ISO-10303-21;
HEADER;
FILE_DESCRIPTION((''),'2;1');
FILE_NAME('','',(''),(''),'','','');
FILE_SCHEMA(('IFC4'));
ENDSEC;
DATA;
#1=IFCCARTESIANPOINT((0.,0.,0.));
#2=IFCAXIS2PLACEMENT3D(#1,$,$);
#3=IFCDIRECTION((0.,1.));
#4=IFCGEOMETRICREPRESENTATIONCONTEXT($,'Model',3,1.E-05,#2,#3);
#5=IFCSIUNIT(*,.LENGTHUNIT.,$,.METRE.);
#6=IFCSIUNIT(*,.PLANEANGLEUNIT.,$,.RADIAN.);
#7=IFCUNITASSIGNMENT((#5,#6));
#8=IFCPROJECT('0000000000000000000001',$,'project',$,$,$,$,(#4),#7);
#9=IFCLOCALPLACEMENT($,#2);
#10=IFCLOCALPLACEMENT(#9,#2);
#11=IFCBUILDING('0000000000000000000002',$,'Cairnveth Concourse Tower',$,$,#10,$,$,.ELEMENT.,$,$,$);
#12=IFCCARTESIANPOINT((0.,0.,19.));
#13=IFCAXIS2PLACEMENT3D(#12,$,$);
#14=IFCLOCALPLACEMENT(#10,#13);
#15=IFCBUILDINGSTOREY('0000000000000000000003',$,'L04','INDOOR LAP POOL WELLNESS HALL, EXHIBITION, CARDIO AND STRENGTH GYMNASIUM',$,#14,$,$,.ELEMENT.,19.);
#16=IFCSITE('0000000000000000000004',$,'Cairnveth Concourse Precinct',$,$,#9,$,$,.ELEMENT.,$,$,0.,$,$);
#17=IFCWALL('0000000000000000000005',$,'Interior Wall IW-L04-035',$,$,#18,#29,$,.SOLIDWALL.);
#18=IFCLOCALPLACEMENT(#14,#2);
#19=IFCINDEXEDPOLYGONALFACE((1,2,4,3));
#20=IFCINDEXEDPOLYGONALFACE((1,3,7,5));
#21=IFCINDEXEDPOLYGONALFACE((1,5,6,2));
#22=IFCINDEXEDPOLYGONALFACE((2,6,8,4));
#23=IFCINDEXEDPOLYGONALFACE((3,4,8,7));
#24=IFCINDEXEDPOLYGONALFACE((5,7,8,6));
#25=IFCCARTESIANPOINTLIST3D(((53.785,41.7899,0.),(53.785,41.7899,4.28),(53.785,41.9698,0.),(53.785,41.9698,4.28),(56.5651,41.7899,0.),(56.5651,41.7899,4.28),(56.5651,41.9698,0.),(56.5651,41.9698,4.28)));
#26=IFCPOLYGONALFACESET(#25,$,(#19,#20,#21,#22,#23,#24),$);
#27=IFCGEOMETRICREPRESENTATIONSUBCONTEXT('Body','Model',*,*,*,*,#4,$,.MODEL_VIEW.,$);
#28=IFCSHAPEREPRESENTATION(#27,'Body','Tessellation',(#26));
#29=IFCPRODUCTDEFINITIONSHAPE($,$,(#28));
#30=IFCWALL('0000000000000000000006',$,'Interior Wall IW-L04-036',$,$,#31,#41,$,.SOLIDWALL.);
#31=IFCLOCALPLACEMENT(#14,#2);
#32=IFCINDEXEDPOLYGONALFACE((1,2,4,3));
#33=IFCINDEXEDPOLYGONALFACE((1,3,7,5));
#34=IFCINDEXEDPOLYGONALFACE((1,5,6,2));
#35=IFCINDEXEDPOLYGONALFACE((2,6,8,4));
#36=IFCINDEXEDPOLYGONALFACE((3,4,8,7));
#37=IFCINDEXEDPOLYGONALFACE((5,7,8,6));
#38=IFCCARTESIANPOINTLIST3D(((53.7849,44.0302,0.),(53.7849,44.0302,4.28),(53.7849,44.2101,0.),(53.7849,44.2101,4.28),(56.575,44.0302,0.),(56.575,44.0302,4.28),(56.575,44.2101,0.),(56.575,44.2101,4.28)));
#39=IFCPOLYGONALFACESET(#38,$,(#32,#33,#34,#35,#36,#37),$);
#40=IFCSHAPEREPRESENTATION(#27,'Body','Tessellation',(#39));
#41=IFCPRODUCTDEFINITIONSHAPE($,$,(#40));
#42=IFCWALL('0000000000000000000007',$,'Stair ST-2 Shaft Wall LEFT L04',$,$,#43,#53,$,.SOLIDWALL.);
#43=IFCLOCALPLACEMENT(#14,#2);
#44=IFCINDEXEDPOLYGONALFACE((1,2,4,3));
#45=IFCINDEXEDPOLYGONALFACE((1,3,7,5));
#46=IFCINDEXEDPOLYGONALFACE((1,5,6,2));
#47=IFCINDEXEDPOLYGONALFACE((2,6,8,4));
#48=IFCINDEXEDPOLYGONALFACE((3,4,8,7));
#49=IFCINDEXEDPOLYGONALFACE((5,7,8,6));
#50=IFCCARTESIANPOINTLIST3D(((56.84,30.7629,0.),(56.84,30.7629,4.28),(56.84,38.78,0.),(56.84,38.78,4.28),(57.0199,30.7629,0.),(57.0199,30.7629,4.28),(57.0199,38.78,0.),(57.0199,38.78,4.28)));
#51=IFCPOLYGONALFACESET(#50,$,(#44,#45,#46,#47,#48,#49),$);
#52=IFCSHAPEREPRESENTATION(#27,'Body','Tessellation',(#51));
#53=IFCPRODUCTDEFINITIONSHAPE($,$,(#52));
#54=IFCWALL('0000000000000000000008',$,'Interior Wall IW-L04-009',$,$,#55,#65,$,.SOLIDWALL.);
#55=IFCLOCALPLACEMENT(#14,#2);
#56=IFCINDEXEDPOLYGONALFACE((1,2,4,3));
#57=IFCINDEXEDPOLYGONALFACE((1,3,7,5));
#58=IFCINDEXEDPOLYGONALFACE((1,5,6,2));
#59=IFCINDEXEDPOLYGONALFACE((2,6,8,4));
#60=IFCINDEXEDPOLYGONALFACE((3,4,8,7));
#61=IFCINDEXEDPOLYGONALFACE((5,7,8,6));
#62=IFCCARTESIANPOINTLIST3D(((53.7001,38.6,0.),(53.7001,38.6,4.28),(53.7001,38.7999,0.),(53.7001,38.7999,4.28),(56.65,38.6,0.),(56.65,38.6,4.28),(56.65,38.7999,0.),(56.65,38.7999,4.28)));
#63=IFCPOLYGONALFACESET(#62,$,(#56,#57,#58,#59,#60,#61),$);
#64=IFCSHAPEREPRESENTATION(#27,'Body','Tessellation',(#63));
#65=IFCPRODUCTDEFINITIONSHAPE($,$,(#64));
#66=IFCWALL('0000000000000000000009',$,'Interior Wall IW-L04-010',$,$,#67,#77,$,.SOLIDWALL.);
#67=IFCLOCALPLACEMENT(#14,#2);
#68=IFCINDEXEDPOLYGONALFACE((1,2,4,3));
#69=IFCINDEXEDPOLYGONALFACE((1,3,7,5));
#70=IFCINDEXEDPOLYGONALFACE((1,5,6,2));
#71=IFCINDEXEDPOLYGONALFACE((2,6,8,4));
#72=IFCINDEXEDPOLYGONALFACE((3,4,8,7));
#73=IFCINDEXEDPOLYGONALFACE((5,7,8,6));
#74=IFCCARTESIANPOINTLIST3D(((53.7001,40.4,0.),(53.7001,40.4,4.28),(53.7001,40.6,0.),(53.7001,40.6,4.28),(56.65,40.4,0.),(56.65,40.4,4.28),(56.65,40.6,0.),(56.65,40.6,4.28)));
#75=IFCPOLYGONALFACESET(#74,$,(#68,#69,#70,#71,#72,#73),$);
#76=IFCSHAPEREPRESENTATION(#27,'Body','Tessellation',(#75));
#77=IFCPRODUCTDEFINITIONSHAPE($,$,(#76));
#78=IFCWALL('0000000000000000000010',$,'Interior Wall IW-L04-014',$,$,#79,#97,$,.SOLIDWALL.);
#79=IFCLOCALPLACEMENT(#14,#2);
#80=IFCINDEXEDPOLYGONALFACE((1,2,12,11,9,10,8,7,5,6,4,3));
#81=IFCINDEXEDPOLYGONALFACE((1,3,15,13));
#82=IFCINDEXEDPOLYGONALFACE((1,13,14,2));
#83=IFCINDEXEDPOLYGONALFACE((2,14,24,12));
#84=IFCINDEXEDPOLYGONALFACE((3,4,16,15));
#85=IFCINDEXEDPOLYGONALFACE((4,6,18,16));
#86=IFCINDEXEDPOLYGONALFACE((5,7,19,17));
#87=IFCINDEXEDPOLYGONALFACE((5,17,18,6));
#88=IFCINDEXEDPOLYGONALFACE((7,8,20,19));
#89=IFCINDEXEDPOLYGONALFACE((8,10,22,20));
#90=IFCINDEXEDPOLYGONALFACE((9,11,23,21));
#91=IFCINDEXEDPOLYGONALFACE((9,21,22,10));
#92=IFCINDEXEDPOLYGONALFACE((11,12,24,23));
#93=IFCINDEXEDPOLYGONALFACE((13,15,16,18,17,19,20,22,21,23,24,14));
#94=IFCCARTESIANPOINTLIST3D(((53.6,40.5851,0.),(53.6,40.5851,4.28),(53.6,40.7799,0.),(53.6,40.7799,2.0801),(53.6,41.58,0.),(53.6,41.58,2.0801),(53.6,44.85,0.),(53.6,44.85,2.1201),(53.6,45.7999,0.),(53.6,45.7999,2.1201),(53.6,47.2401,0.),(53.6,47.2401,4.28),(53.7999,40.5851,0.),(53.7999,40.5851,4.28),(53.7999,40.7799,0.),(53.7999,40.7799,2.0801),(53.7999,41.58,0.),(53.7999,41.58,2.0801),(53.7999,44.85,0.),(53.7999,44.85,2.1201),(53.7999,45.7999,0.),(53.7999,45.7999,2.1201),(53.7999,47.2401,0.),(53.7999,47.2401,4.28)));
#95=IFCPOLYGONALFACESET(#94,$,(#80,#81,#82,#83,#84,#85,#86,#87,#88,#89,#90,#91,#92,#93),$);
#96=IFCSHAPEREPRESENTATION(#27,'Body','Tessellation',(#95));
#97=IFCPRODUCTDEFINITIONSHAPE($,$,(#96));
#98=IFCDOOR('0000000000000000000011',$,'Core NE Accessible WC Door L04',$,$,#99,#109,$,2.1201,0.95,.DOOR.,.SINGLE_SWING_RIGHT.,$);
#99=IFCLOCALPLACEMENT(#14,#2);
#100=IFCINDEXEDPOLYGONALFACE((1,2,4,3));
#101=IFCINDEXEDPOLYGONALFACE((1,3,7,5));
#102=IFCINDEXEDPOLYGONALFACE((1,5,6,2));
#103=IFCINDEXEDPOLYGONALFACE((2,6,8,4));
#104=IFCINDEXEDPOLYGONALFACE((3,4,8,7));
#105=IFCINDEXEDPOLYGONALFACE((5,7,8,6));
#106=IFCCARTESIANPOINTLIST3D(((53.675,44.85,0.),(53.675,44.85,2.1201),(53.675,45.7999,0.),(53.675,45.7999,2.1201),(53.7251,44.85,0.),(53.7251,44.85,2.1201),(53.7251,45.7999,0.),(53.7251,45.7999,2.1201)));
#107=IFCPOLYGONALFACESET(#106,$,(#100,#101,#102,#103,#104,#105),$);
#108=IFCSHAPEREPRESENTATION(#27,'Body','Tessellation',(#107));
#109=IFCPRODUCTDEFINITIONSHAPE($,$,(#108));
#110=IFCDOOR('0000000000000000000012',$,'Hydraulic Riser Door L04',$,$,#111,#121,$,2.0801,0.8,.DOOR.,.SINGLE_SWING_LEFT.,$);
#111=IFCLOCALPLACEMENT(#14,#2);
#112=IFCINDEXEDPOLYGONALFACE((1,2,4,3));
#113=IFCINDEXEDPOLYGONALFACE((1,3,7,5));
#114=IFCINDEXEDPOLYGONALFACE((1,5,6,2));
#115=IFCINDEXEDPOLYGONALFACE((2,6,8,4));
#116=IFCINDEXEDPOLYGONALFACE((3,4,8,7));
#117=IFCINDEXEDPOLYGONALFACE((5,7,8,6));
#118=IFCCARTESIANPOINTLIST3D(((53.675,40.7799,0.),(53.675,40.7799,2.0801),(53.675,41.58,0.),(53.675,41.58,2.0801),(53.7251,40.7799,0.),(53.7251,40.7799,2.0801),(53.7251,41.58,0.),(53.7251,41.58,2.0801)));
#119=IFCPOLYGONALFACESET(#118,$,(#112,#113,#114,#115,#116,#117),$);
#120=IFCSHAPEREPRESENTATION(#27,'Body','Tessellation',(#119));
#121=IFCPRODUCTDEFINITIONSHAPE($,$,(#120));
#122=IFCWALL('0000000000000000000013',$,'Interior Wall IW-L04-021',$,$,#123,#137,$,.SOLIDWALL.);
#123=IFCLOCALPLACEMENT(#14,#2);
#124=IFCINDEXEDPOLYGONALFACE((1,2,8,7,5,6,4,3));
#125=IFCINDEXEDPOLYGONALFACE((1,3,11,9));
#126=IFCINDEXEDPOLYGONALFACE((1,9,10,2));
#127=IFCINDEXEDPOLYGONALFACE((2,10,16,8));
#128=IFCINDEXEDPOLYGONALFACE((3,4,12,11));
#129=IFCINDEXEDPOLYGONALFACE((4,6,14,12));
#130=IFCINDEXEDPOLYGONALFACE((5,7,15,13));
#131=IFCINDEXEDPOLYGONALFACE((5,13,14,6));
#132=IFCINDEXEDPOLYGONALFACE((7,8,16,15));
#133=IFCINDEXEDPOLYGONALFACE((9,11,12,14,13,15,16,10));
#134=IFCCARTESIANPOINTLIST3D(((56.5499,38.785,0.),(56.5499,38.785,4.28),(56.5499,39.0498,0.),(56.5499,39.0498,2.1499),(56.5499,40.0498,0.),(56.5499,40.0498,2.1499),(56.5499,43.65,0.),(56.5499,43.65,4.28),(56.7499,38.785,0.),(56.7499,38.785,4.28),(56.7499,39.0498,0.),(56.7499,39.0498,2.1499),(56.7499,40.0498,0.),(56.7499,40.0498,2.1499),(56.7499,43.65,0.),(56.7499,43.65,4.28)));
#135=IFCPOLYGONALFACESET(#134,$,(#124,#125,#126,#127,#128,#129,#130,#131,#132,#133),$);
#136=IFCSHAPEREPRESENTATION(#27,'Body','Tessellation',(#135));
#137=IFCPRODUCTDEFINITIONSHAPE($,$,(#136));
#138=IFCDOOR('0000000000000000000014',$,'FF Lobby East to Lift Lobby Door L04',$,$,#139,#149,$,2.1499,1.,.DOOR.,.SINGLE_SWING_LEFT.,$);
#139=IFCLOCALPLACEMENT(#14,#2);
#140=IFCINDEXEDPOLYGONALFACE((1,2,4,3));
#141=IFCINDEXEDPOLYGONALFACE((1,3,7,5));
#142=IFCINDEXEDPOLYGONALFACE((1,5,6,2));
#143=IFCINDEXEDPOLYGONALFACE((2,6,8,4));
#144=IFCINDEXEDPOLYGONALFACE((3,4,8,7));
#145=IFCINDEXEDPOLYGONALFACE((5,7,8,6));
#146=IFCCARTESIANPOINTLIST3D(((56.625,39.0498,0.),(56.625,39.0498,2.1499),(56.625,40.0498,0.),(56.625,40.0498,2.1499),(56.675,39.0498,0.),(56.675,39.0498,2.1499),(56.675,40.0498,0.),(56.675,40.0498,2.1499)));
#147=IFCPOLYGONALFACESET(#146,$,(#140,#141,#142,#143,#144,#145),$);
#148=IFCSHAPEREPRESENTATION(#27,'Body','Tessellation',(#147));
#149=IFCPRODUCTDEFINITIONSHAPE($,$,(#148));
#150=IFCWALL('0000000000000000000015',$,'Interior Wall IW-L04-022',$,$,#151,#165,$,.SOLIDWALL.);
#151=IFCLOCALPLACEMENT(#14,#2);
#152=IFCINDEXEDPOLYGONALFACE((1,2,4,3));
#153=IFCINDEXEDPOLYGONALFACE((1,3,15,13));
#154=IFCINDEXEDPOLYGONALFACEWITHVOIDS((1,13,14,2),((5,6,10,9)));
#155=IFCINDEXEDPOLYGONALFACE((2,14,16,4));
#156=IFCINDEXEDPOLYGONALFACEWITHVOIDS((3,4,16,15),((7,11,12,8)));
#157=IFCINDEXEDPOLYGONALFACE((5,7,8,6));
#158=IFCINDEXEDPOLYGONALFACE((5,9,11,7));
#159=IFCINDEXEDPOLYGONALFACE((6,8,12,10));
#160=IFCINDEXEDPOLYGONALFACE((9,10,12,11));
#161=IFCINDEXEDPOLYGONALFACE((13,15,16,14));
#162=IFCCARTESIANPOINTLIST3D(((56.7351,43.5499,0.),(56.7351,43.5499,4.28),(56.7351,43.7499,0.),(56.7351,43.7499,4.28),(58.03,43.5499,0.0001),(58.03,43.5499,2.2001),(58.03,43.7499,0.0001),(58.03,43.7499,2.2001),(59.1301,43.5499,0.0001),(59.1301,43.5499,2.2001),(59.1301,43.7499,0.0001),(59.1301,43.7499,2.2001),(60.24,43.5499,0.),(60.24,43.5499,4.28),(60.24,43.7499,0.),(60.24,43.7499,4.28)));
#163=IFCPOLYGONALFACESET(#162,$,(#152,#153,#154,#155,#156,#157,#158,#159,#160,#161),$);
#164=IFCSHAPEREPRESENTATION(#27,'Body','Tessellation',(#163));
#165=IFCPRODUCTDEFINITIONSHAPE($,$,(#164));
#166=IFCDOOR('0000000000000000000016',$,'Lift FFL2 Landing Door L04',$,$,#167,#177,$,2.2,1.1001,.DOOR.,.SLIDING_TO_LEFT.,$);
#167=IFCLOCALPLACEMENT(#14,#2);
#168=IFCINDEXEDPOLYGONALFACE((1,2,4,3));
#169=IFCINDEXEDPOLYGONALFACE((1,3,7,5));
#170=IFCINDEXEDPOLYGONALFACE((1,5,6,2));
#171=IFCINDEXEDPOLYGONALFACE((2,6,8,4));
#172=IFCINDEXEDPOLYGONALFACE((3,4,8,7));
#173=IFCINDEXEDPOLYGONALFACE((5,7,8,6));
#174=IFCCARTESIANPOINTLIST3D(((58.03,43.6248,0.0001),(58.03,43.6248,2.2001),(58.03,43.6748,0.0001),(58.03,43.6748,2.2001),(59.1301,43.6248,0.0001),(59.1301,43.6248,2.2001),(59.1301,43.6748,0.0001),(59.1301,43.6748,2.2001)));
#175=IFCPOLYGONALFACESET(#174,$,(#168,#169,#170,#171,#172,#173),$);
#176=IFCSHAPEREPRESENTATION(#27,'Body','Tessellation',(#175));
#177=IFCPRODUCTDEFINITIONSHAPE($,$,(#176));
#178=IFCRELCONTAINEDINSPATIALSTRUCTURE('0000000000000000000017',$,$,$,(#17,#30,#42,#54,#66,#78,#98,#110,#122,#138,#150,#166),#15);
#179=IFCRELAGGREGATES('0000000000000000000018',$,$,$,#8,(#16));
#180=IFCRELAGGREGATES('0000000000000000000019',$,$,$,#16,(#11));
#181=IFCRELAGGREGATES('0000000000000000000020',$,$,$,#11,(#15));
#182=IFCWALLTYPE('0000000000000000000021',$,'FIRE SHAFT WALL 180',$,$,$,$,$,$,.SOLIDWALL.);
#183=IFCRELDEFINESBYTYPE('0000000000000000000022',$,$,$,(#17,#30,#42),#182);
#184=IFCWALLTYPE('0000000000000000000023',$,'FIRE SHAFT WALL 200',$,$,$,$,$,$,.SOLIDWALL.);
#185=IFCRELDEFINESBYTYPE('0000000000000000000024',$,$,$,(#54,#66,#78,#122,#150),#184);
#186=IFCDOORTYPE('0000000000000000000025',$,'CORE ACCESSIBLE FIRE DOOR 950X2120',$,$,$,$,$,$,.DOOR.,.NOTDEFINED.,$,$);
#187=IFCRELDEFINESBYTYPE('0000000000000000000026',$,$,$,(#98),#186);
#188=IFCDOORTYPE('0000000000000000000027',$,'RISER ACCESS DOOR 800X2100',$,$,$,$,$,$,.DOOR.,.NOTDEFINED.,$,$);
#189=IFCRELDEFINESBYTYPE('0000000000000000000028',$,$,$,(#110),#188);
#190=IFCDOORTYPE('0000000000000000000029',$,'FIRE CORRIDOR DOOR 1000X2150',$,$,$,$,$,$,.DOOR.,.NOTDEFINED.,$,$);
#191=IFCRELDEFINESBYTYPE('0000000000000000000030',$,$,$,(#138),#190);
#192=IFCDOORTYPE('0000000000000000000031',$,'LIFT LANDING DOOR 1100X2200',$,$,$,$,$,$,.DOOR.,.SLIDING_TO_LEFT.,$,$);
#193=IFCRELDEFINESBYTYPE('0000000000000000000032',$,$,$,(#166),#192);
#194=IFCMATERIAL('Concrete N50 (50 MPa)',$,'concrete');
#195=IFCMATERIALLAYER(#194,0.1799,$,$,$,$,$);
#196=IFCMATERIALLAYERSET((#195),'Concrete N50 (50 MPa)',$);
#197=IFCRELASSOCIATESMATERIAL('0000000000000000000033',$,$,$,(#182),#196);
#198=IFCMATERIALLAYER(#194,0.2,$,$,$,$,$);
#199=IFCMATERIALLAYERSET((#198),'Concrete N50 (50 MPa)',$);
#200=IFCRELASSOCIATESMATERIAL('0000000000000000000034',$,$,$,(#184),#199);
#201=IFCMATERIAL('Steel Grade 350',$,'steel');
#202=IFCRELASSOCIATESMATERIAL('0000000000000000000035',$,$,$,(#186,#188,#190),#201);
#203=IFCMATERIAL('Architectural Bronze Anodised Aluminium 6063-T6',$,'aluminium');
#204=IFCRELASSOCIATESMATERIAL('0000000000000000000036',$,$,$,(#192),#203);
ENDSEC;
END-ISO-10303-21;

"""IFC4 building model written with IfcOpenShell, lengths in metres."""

from ifc_helpers import new_model, si_unit, direction, frame, frame_2d, origin, place, context, subcontext, project, spatial, rectangle, extrude, material, layer, layer_set, type_object, element, fill, save


model = new_model("IFC4")

# Units and contexts
model_context = context("Model", 3, precision=1e-05, world=origin(), true_north=direction((0.0, 1.0)))
body_context = subcontext(model_context, "Body", "Model", "MODEL_VIEW")
ifc_project = project(units=[si_unit("LENGTHUNIT", "METRE"), si_unit("PLANEANGLEUNIT", "RADIAN")], contexts=[model_context])

# Site, building, storey
site_placement = place(None, origin())
site = spatial("IfcSite", under=ifc_project, at=site_placement, Name="Cairnveth Concourse Precinct", CompositionType="ELEMENT", RefElevation=0.0)
building_placement = place(site_placement, origin())
building = spatial("IfcBuilding", under=site, at=building_placement, Name="Cairnveth Concourse Tower", CompositionType="ELEMENT")
storey_placement = place(building_placement, frame((0.0, 0.0, 19.0)))
storey = spatial("IfcBuildingStorey", under=building, at=storey_placement, Name="L04", Description="INDOOR LAP POOL WELLNESS HALL, EXHIBITION, CARDIO AND STRENGTH GYMNASIUM", CompositionType="ELEMENT", Elevation=19.0)

# Shared definitions
ifc_material_1 = material(Name="Steel Grade 350", Category="steel")

# Walls
ifc_material_2 = material(Name="Concrete N50 (50 MPa)", Category="concrete")
ifc_layer_1 = layer(ifc_material_2, 0.1799)
ifc_layer_set_1 = layer_set([ifc_layer_1], Name="Concrete N50 (50 MPa)")
wall_type_1 = type_object("IfcWallType", Name="FIRE SHAFT WALL 180", PredefinedType="SOLIDWALL", material=ifc_layer_set_1)
wall_1_placement = place(storey_placement, frame((53.7849, 41.8799, 0.0), z_axis=(0.0, 0.0, 1.0), x_axis=(1.0, 0.0, 0.0)))
element("IfcWall", 1, at=wall_1_placement, inside=storey, type_object=wall_type_1, Name="Interior Wall IW-L04-035", PredefinedType="SOLIDWALL", context=body_context, shape_type="SweptSolid", body=[
    extrude(rectangle(XDim=2.78, YDim=0.1799, at=frame_2d((1.3901, 0.0))), origin(), (0.0, 0.0, 1.0), 4.28),
])
wall_2_placement = place(storey_placement, frame((53.7849, 44.1201, 0.0), z_axis=(0.0, 0.0, 1.0), x_axis=(1.0, 0.0, 0.0)))
element("IfcWall", 2, at=wall_2_placement, inside=storey, type_object=wall_type_1, Name="Interior Wall IW-L04-036", PredefinedType="SOLIDWALL", context=body_context, shape_type="SweptSolid", body=[
    extrude(rectangle(XDim=2.79, YDim=0.1799, at=frame_2d((1.395, 0.0))), origin(), (0.0, 0.0, 1.0), 4.28),
])

# Walls
wall_3_placement = place(storey_placement, frame((56.9299, 38.78, 0.0), z_axis=(0.0, 0.0, 1.0), x_axis=(0.0, -1.0, 0.0)))
element("IfcWall", 3, at=wall_3_placement, inside=storey, type_object=wall_type_1, Name="Stair ST-2 Shaft Wall LEFT L04", PredefinedType="SOLIDWALL", context=body_context, shape_type="SweptSolid", body=[
    extrude(rectangle(XDim=8.0171, YDim=0.1799, at=frame_2d((4.0085, 0.0))), origin(), (0.0, 0.0, 1.0), 4.28),
])
ifc_layer_2 = layer(ifc_material_2, 0.2)
ifc_layer_set_2 = layer_set([ifc_layer_2], Name="Concrete N50 (50 MPa)")
wall_type_2 = type_object("IfcWallType", Name="FIRE SHAFT WALL 200", PredefinedType="SOLIDWALL", material=ifc_layer_set_2)
for number, where, z_axis, x_axis, name in (
    (4, (53.7, 38.7, 0.0), (0.0, 0.0, 1.0), (1.0, 0.0, 0.0), "Interior Wall IW-L04-009"),
    (5, (53.7, 40.5, 0.0), (0.0, 0.0, 1.0), (1.0, 0.0, 0.0), "Interior Wall IW-L04-010"),
):
    element("IfcWall", number, at=place(storey_placement, frame(where, z_axis=z_axis, x_axis=x_axis)), inside=storey, type_object=wall_type_2, Name=name, PredefinedType="SOLIDWALL", context=body_context, shape_type="SweptSolid", body=[
        extrude(rectangle(XDim=2.95, YDim=0.2, at=frame_2d((1.4751, 0.0))), origin(), (0.0, 0.0, 1.0), 4.28),
    ])

# Wall, openings, doors
wall_4_placement = place(storey_placement, frame((53.7, 40.585, 0.0), z_axis=(0.0, 0.0, 1.0), x_axis=(0.0, 1.0, 0.0)))
wall_4 = element("IfcWall", 6, at=wall_4_placement, inside=storey, type_object=wall_type_2, Name="Interior Wall IW-L04-014", PredefinedType="SOLIDWALL", context=body_context, shape_type="SweptSolid", body=[
    extrude(rectangle(XDim=6.655, YDim=0.2, at=frame_2d((3.3276, 0.0))), origin(), (0.0, 0.0, 1.0), 4.28),
])
opening_1_placement = place(wall_4_placement, frame((0.1951, 0.0, 0.0)))
opening_1 = element("IfcOpeningElement", 7, at=opening_1_placement, cuts=wall_4, PredefinedType="OPENING", context=body_context, shape_type="SweptSolid", body=[
    extrude(rectangle(XDim=0.8, YDim=2.0801, at=frame_2d((0.3999, 1.04))), frame((0.0, 0.1099, 0.0), z_axis=(0.0, -1.0, 0.0), x_axis=(1.0, 0.0, 0.0)), (0.0, 0.0, 1.0), 0.22),
])
opening_2_placement = place(wall_4_placement, frame((4.2649, 0.0, 0.0)))
opening_2 = element("IfcOpeningElement", 8, at=opening_2_placement, cuts=wall_4, PredefinedType="OPENING", context=body_context, shape_type="SweptSolid", body=[
    extrude(rectangle(XDim=0.95, YDim=2.1201, at=frame_2d((0.4751, 1.0601))), frame((0.0, 0.1099, 0.0), z_axis=(0.0, -1.0, 0.0), x_axis=(1.0, 0.0, 0.0)), (0.0, 0.0, 1.0), 0.22),
])
door_type_1 = type_object("IfcDoorType", Name="CORE ACCESSIBLE FIRE DOOR 950X2120", OperationType="NOTDEFINED", PredefinedType="DOOR", material=ifc_material_1)
door_1_placement = place(opening_2_placement, origin())
door_1 = element("IfcDoor", 9, at=door_1_placement, inside=storey, type_object=door_type_1, Name="Core NE Accessible WC Door L04", OperationType="SINGLE_SWING_RIGHT", OverallHeight=2.1201, OverallWidth=0.95, PredefinedType="DOOR", context=body_context, shape_type="SweptSolid", body=[
    extrude(rectangle(XDim=0.95, YDim=2.1201, at=frame_2d((0.4751, 1.0601))), frame((0.0, 0.0249, 0.0), z_axis=(0.0, -1.0, 0.0), x_axis=(1.0, 0.0, 0.0)), (0.0, 0.0, 1.0), 0.05),
])
fill(opening_2, door_1)
door_type_2 = type_object("IfcDoorType", Name="RISER ACCESS DOOR 800X2100", OperationType="NOTDEFINED", PredefinedType="DOOR", material=ifc_material_1)
door_2_placement = place(opening_1_placement, origin())
door_2 = element("IfcDoor", 10, at=door_2_placement, inside=storey, type_object=door_type_2, Name="Hydraulic Riser Door L04", OperationType="SINGLE_SWING_LEFT", OverallHeight=2.0801, OverallWidth=0.8, PredefinedType="DOOR", context=body_context, shape_type="SweptSolid", body=[
    extrude(rectangle(XDim=0.8, YDim=2.0801, at=frame_2d((0.3999, 1.04))), frame((0.0, 0.0249, 0.0), z_axis=(0.0, -1.0, 0.0), x_axis=(1.0, 0.0, 0.0)), (0.0, 0.0, 1.0), 0.05),
])
fill(opening_1, door_2)

# Walls, openings, doors
wall_5_placement = place(storey_placement, frame((56.6499, 38.7849, 0.0), z_axis=(0.0, 0.0, 1.0), x_axis=(0.0, 1.0, 0.0)))
wall_5 = element("IfcWall", 11, at=wall_5_placement, inside=storey, type_object=wall_type_2, Name="Interior Wall IW-L04-021", PredefinedType="SOLIDWALL", context=body_context, shape_type="SweptSolid", body=[
    extrude(rectangle(XDim=4.865, YDim=0.2, at=frame_2d((2.4326, 0.0))), origin(), (0.0, 0.0, 1.0), 4.28),
])
opening_3_placement = place(wall_5_placement, frame((0.2649, 0.0, 0.0)))
opening_3 = element("IfcOpeningElement", 12, at=opening_3_placement, cuts=wall_5, PredefinedType="OPENING", context=body_context, shape_type="SweptSolid", body=[
    extrude(rectangle(XDim=1.0, YDim=2.1499, at=frame_2d((0.5, 1.075))), frame((0.0, 0.1099, 0.0), z_axis=(0.0, -1.0, 0.0), x_axis=(1.0, 0.0, 0.0)), (0.0, 0.0, 1.0), 0.22),
])
door_type_3 = type_object("IfcDoorType", Name="FIRE CORRIDOR DOOR 1000X2150", OperationType="NOTDEFINED", PredefinedType="DOOR", material=ifc_material_1)
door_3_placement = place(opening_3_placement, origin())
door_3 = element("IfcDoor", 13, at=door_3_placement, inside=storey, type_object=door_type_3, Name="FF Lobby East to Lift Lobby Door L04", OperationType="SINGLE_SWING_LEFT", OverallHeight=2.1499, OverallWidth=1.0, PredefinedType="DOOR", context=body_context, shape_type="SweptSolid", body=[
    extrude(rectangle(XDim=1.0, YDim=2.1499, at=frame_2d((0.5, 1.075))), frame((0.0, 0.0249, 0.0), z_axis=(0.0, -1.0, 0.0), x_axis=(1.0, 0.0, 0.0)), (0.0, 0.0, 1.0), 0.05),
])
fill(opening_3, door_3)
wall_6_placement = place(storey_placement, frame((56.7351, 43.6499, 0.0), z_axis=(0.0, 0.0, 1.0), x_axis=(1.0, 0.0, 0.0)))
wall_6 = element("IfcWall", 14, at=wall_6_placement, inside=storey, type_object=wall_type_2, Name="Interior Wall IW-L04-022", PredefinedType="SOLIDWALL", context=body_context, shape_type="SweptSolid", body=[
    extrude(rectangle(XDim=3.5049, YDim=0.2, at=frame_2d((1.7524, 0.0))), origin(), (0.0, 0.0, 1.0), 4.28),
])
opening_4_placement = place(wall_6_placement, frame((1.2949, 0.0, 0.0)))
opening_4 = element("IfcOpeningElement", 15, at=opening_4_placement, cuts=wall_6, PredefinedType="OPENING", context=body_context, shape_type="SweptSolid", body=[
    extrude(rectangle(XDim=1.1001, YDim=2.2, at=frame_2d((0.55, 1.1001))), frame((0.0, 0.1099, 0.0), z_axis=(0.0, -1.0, 0.0), x_axis=(1.0, 0.0, 0.0)), (0.0, 0.0, 1.0), 0.22),
])
ifc_material_3 = material(Name="Architectural Bronze Anodised Aluminium 6063-T6", Category="aluminium")
door_type_4 = type_object("IfcDoorType", Name="LIFT LANDING DOOR 1100X2200", OperationType="SLIDING_TO_LEFT", PredefinedType="DOOR", material=ifc_material_3)
door_4_placement = place(opening_4_placement, origin())
door_4 = element("IfcDoor", 16, at=door_4_placement, inside=storey, type_object=door_type_4, Name="Lift FFL2 Landing Door L04", OperationType="SLIDING_TO_LEFT", OverallHeight=2.2, OverallWidth=1.1001, PredefinedType="DOOR", context=body_context, shape_type="SweptSolid", body=[
    extrude(rectangle(XDim=1.1001, YDim=2.2, at=frame_2d((0.55, 1.1001))), frame((0.0, 0.0249, 0.0), z_axis=(0.0, -1.0, 0.0), x_axis=(1.0, 0.0, 0.0)), (0.0, 0.0, 1.0), 0.05),
])
fill(opening_4, door_4)

save(model, "model.ifc")
